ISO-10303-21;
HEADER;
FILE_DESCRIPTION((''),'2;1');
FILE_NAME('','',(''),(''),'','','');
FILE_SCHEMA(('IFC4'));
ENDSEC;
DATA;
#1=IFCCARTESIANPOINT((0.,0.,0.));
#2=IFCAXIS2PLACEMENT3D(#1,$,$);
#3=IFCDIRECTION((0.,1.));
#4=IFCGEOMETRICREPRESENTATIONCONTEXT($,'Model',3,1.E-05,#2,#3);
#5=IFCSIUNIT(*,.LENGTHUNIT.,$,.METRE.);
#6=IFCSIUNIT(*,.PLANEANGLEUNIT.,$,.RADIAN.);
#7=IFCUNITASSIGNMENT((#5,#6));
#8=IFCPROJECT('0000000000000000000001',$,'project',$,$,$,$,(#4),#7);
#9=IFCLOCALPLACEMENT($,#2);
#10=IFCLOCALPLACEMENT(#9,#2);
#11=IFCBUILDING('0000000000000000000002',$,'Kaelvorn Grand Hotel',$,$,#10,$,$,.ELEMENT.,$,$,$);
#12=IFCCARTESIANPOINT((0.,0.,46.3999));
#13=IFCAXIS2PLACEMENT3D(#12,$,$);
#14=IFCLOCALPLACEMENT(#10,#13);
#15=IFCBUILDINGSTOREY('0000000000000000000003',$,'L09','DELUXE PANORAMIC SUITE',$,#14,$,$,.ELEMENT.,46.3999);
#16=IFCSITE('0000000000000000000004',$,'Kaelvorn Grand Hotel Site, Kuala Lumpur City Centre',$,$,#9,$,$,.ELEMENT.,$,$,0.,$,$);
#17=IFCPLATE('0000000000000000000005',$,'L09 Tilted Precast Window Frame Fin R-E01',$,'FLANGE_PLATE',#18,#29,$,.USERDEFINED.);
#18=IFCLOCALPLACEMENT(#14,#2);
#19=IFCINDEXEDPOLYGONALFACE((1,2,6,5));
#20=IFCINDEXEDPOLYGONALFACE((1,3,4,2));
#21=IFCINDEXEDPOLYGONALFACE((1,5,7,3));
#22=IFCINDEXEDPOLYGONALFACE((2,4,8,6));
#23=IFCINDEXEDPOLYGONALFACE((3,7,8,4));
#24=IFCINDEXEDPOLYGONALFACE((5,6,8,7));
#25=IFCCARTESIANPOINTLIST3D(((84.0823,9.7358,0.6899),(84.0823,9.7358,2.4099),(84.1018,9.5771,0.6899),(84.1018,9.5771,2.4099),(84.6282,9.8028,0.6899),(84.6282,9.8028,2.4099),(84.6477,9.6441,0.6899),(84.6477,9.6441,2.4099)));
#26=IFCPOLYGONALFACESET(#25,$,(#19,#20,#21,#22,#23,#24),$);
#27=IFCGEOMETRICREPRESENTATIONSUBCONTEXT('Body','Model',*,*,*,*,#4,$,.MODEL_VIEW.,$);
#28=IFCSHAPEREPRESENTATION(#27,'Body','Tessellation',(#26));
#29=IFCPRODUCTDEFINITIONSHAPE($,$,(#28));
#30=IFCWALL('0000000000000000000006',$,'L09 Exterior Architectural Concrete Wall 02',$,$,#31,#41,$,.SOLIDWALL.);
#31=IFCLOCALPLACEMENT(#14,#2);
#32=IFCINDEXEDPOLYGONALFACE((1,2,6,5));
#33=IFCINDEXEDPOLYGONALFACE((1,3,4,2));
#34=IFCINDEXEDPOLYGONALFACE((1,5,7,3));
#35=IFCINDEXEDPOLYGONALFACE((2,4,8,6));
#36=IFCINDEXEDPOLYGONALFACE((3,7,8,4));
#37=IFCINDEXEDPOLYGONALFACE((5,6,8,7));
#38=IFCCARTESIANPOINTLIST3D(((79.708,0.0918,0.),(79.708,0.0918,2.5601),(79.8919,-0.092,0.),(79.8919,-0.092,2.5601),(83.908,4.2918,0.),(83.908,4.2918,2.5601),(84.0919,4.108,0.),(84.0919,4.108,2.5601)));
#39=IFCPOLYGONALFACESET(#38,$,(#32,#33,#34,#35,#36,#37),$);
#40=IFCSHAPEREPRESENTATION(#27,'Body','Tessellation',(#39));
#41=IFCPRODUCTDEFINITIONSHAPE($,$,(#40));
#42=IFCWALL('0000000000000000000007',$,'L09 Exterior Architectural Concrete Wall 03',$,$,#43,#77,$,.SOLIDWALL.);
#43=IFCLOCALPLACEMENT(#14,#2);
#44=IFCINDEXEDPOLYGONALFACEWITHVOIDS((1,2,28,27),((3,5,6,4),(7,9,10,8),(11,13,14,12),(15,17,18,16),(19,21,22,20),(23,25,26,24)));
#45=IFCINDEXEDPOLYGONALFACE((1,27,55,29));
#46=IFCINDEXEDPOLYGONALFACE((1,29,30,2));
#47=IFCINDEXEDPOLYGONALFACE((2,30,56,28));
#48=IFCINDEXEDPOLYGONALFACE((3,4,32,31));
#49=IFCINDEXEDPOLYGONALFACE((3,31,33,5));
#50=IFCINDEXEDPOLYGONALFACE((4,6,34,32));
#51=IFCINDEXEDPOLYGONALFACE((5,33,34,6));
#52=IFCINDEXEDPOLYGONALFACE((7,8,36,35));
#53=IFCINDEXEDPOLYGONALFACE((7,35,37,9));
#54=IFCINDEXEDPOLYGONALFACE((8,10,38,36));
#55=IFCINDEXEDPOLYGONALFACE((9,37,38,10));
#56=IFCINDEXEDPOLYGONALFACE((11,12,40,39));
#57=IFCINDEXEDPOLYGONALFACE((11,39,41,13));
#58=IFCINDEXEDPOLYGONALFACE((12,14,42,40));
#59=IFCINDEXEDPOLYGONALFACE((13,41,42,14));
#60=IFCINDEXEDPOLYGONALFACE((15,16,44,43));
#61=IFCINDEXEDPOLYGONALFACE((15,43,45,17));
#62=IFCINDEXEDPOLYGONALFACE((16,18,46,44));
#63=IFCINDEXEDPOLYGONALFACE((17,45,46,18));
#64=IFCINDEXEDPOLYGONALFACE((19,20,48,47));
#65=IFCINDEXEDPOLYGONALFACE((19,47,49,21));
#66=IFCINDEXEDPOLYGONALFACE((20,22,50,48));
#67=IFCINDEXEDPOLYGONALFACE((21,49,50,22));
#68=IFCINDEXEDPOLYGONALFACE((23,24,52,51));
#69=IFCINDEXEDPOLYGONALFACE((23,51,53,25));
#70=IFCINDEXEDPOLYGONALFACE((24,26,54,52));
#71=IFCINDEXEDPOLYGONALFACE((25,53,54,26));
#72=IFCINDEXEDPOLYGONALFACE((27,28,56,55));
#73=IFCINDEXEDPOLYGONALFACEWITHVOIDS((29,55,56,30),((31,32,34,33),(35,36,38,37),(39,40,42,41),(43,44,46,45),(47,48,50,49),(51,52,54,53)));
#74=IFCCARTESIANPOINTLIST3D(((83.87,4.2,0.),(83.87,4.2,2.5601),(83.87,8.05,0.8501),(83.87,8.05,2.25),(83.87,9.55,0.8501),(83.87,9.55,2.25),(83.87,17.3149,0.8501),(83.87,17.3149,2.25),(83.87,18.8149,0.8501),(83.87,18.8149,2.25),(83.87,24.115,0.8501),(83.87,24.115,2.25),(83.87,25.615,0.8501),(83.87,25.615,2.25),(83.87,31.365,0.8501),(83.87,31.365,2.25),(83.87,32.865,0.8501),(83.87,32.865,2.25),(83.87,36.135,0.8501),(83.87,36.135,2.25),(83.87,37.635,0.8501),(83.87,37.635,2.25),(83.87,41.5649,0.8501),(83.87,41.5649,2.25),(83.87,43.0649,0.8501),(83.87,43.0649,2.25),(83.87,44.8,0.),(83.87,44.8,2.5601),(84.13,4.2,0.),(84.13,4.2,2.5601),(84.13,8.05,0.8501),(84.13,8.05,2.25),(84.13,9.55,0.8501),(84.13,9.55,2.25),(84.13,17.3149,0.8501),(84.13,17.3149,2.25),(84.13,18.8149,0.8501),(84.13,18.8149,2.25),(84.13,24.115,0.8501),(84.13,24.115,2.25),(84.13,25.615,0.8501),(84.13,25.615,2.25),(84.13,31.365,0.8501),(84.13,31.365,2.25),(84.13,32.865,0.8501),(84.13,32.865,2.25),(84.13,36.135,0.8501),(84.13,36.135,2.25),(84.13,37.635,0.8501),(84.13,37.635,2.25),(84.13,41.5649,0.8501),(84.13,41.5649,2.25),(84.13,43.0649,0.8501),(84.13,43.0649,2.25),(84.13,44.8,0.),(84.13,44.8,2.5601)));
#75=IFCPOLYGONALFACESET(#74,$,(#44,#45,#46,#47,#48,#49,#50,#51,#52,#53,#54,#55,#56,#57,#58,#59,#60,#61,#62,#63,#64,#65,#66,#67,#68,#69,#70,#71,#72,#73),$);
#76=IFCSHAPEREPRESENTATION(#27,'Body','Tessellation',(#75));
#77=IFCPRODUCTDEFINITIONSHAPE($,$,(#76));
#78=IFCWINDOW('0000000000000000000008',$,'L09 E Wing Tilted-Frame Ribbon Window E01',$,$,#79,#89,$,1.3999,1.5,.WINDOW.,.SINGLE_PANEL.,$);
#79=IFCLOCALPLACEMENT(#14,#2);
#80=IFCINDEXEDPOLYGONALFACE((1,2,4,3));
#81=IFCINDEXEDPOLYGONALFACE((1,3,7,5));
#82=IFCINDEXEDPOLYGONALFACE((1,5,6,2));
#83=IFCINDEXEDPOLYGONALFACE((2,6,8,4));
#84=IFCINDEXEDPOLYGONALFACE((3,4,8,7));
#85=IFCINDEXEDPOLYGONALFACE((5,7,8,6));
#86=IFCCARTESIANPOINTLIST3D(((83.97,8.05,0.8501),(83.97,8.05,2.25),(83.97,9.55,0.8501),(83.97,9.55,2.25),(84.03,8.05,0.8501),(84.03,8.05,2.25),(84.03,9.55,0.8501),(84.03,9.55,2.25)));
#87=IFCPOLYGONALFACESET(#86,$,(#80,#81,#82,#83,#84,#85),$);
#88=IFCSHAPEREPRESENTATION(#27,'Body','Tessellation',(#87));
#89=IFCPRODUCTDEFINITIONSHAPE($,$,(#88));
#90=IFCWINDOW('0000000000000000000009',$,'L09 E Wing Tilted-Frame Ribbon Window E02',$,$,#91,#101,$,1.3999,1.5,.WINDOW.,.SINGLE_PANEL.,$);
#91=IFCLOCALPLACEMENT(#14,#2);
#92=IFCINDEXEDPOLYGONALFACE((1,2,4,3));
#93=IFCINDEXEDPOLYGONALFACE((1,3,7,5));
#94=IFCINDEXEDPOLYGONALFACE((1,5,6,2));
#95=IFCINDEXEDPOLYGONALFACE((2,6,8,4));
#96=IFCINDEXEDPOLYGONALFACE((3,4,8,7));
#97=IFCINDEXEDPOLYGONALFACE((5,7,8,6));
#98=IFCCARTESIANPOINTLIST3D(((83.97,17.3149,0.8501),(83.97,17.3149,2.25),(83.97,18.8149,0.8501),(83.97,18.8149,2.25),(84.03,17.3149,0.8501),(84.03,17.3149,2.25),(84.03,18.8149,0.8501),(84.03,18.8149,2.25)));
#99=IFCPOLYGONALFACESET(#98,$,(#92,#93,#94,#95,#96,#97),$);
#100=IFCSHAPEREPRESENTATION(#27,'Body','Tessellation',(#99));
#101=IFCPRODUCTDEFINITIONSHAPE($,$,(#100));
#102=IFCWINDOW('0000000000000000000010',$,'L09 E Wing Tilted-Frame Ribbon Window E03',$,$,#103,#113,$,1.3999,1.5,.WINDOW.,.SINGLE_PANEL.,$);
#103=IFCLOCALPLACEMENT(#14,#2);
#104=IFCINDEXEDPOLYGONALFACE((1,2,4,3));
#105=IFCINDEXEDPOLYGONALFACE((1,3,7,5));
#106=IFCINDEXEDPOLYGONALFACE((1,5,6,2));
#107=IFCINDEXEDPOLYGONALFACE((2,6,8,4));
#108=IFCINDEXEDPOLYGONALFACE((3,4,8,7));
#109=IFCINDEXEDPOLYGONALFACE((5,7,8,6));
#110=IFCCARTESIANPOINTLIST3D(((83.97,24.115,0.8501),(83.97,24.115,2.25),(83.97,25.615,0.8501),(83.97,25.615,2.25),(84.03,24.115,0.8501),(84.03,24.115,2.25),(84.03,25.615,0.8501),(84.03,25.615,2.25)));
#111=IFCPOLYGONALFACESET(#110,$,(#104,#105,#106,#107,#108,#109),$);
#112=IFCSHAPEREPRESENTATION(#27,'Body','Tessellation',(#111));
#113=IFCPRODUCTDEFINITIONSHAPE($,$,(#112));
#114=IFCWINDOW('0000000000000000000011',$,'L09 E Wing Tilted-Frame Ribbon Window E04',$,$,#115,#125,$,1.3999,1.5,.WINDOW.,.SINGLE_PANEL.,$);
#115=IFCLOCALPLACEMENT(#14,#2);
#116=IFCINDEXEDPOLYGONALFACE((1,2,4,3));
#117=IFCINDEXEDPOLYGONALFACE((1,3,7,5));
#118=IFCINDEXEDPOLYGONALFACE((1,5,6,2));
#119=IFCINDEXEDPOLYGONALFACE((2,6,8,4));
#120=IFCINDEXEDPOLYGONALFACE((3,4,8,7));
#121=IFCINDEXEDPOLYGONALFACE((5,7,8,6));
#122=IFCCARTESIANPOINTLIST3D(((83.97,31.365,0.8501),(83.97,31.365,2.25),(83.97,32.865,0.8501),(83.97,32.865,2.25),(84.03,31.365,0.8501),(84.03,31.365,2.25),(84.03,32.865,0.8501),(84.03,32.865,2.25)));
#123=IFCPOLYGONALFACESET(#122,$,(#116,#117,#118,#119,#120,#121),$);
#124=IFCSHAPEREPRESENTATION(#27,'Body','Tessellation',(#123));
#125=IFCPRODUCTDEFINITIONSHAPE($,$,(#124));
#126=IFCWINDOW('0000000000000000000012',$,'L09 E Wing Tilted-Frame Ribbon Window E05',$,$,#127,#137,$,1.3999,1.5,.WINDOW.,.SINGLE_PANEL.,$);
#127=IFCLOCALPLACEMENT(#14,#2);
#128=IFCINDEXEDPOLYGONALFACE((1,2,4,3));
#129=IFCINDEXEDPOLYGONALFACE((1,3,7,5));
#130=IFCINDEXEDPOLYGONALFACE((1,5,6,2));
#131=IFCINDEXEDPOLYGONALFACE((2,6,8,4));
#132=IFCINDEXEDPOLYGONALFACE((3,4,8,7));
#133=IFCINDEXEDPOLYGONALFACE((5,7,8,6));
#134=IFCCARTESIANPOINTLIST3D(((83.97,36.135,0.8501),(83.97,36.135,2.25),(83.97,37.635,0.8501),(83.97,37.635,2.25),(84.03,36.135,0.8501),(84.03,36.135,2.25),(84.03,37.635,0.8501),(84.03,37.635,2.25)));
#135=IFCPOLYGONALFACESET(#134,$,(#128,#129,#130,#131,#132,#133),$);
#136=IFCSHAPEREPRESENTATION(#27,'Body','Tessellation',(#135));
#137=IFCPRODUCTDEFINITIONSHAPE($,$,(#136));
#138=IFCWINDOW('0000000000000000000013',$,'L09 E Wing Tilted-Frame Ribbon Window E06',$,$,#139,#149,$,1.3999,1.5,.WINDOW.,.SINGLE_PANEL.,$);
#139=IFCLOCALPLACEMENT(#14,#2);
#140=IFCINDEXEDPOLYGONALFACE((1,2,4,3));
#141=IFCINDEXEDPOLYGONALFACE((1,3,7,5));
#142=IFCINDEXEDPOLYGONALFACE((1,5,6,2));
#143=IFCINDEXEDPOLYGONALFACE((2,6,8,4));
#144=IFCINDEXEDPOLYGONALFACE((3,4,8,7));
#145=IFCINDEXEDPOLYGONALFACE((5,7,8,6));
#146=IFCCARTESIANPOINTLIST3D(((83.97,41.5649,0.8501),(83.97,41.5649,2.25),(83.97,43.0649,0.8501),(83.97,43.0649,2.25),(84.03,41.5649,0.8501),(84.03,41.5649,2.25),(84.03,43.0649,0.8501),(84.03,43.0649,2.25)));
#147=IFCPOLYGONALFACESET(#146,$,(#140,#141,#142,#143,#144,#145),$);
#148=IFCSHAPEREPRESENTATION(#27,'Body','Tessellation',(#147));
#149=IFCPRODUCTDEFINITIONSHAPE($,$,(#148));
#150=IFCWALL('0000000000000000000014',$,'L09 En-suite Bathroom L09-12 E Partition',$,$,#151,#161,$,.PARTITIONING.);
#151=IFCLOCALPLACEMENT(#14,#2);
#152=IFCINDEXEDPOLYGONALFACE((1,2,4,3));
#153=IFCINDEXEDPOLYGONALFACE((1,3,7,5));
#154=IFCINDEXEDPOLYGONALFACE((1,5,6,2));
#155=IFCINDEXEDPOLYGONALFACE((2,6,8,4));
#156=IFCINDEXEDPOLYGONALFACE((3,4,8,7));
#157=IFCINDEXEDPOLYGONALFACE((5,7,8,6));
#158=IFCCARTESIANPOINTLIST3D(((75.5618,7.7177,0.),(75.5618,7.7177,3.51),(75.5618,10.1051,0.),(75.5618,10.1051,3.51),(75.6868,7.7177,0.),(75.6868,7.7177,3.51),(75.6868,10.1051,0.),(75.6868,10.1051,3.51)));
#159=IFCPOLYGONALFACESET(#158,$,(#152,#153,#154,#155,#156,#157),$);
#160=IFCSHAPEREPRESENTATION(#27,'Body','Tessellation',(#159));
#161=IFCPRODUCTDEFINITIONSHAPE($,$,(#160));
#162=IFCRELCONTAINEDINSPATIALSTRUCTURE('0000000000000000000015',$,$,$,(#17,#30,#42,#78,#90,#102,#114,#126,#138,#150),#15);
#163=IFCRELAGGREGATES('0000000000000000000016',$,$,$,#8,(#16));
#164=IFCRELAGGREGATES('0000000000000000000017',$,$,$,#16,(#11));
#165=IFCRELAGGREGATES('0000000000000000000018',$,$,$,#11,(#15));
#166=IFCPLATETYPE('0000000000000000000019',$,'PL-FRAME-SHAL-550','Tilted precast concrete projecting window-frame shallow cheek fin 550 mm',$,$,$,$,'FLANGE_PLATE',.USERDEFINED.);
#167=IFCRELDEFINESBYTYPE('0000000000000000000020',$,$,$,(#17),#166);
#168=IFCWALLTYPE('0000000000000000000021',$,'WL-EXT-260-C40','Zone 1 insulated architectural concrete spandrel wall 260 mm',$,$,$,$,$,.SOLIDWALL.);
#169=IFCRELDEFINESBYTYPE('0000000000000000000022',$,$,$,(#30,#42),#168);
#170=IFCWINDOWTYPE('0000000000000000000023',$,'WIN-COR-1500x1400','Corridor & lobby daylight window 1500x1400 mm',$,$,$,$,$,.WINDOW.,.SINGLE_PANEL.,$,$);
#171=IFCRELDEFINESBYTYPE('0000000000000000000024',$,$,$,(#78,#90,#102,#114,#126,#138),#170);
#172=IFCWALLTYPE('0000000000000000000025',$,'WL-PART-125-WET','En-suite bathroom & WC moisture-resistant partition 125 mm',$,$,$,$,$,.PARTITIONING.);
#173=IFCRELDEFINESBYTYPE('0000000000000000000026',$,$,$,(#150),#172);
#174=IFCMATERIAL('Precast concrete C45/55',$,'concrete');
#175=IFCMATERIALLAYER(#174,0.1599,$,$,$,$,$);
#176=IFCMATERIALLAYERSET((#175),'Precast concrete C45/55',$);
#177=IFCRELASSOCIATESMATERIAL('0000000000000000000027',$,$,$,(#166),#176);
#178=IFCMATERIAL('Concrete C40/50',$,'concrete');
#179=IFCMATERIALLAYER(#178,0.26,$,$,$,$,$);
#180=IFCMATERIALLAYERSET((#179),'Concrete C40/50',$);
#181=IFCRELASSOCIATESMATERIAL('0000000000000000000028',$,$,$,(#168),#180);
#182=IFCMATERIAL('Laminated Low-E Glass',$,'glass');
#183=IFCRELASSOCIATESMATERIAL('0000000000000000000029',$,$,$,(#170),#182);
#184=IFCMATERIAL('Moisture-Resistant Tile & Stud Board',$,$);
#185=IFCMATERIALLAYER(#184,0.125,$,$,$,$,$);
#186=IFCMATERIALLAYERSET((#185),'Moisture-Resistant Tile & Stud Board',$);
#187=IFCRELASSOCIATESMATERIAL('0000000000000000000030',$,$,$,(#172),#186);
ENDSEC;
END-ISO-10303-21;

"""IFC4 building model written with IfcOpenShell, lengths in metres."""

from ifc_helpers import new_model, si_unit, direction, frame, frame_2d, origin, origin_2d, place, context, subcontext, project, spatial, rectangle, extrude, material, layer, layer_set, type_object, element, fill, save


model = new_model("IFC4")

# Units and contexts
model_context = context("Model", 3, precision=1e-05, world=origin(), true_north=direction((0.0, 1.0)))
body_context = subcontext(model_context, "Body", "Model", "MODEL_VIEW")
ifc_project = project(units=[si_unit("LENGTHUNIT", "METRE"), si_unit("PLANEANGLEUNIT", "RADIAN")], contexts=[model_context])

# Site, building, storey
site_placement = place(None, origin())
site = spatial("IfcSite", under=ifc_project, at=site_placement, Name="Kaelvorn Grand Hotel Site, Kuala Lumpur City Centre", CompositionType="ELEMENT", RefElevation=0.0)
building_placement = place(site_placement, origin())
building = spatial("IfcBuilding", under=site, at=building_placement, Name="Kaelvorn Grand Hotel", CompositionType="ELEMENT")
storey_placement = place(building_placement, frame((0.0, 0.0, 46.3999)))
storey = spatial("IfcBuildingStorey", under=building, at=storey_placement, Name="L09", Description="DELUXE PANORAMIC SUITE", CompositionType="ELEMENT", Elevation=46.3999)

# Plate
ifc_material_1 = material(Name="Precast concrete C45/55", Category="concrete")
ifc_layer_1 = layer(ifc_material_1, 0.1599)
ifc_layer_set_1 = layer_set([ifc_layer_1], Name="Precast concrete C45/55")
plate_type_1 = type_object("IfcPlateType", Name="PL-FRAME-SHAL-550", Description="Tilted precast concrete projecting window-frame shallow cheek fin 550 mm", ElementType="FLANGE_PLATE", PredefinedType="USERDEFINED", material=ifc_layer_set_1)
plate_1_placement = place(storey_placement, frame((84.365, 9.6899, 0.6899), z_axis=(0.0, 0.0, 1.0), x_axis=(-0.121869, 0.992546, 0.0)))
element("IfcPlate", 1, at=plate_1_placement, inside=storey, type_object=plate_type_1, Name="L09 Tilted Precast Window Frame Fin R-E01", ObjectType="FLANGE_PLATE", PredefinedType="USERDEFINED", context=body_context, shape_type="SweptSolid", body=[
    extrude(rectangle(XDim=0.1599, YDim=0.55, at=origin_2d()), origin(), (0.0, 0.0, 1.0), 1.72),
])

# Wall
ifc_material_2 = material(Name="Concrete C40/50", Category="concrete")
ifc_layer_2 = layer(ifc_material_2, 0.26)
ifc_layer_set_2 = layer_set([ifc_layer_2], Name="Concrete C40/50")
wall_type_1 = type_object("IfcWallType", Name="WL-EXT-260-C40", Description="Zone 1 insulated architectural concrete spandrel wall 260 mm", PredefinedType="SOLIDWALL", material=ifc_layer_set_2)
wall_1_placement = place(storey_placement, frame((79.8, 0.0, 0.0), z_axis=(0.0, 0.0, 1.0), x_axis=(0.707107, 0.707107, 0.0)))
element("IfcWall", 2, at=wall_1_placement, inside=storey, type_object=wall_type_1, Name="L09 Exterior Architectural Concrete Wall 02", PredefinedType="SOLIDWALL", context=body_context, shape_type="SweptSolid", body=[
    extrude(rectangle(XDim=5.9397, YDim=0.26, at=frame_2d((2.9697, 0.0))), origin(), (0.0, 0.0, 1.0), 2.5601),
])

# Wall, openings, windows
wall_2_placement = place(storey_placement, frame((84.0, 4.2, 0.0), z_axis=(0.0, 0.0, 1.0), x_axis=(0.0, 1.0, 0.0)))
wall_2 = element("IfcWall", 3, at=wall_2_placement, inside=storey, type_object=wall_type_1, Name="L09 Exterior Architectural Concrete Wall 03", PredefinedType="SOLIDWALL", context=body_context, shape_type="SweptSolid", body=[
    extrude(rectangle(XDim=40.6001, YDim=0.26, at=frame_2d((20.3, 0.0))), origin(), (0.0, 0.0, 1.0), 2.5601),
])
opening_1_placement = place(wall_2_placement, frame((3.8501, 0.0, 0.8501)))
opening_1 = element("IfcOpeningElement", 4, at=opening_1_placement, cuts=wall_2, PredefinedType="OPENING", context=body_context, shape_type="SweptSolid", body=[
    extrude(rectangle(XDim=1.5, YDim=1.3999, at=frame_2d((0.75, 0.7))), frame((0.0, 0.1401, 0.0), z_axis=(0.0, -1.0, 0.0), x_axis=(1.0, 0.0, 0.0)), (0.0, 0.0, 1.0), 0.28),
])
opening_2_placement = place(wall_2_placement, frame((13.115, 0.0, 0.8501)))
opening_2 = element("IfcOpeningElement", 5, at=opening_2_placement, cuts=wall_2, PredefinedType="OPENING", context=body_context, shape_type="SweptSolid", body=[
    extrude(rectangle(XDim=1.5, YDim=1.3999, at=frame_2d((0.75, 0.7))), frame((0.0, 0.1401, 0.0), z_axis=(0.0, -1.0, 0.0), x_axis=(1.0, 0.0, 0.0)), (0.0, 0.0, 1.0), 0.28),
])
opening_3_placement = place(wall_2_placement, frame((19.915, 0.0, 0.8501)))
opening_3 = element("IfcOpeningElement", 6, at=opening_3_placement, cuts=wall_2, PredefinedType="OPENING", context=body_context, shape_type="SweptSolid", body=[
    extrude(rectangle(XDim=1.5, YDim=1.3999, at=frame_2d((0.75, 0.7))), frame((0.0, 0.1401, 0.0), z_axis=(0.0, -1.0, 0.0), x_axis=(1.0, 0.0, 0.0)), (0.0, 0.0, 1.0), 0.28),
])
opening_4_placement = place(wall_2_placement, frame((27.165, 0.0, 0.8501)))
opening_4 = element("IfcOpeningElement", 7, at=opening_4_placement, cuts=wall_2, PredefinedType="OPENING", context=body_context, shape_type="SweptSolid", body=[
    extrude(rectangle(XDim=1.5, YDim=1.3999, at=frame_2d((0.75, 0.7))), frame((0.0, 0.1401, 0.0), z_axis=(0.0, -1.0, 0.0), x_axis=(1.0, 0.0, 0.0)), (0.0, 0.0, 1.0), 0.28),
])
opening_5_placement = place(wall_2_placement, frame((31.9351, 0.0, 0.8501)))
opening_5 = element("IfcOpeningElement", 8, at=opening_5_placement, cuts=wall_2, PredefinedType="OPENING", context=body_context, shape_type="SweptSolid", body=[
    extrude(rectangle(XDim=1.5, YDim=1.3999, at=frame_2d((0.75, 0.7))), frame((0.0, 0.1401, 0.0), z_axis=(0.0, -1.0, 0.0), x_axis=(1.0, 0.0, 0.0)), (0.0, 0.0, 1.0), 0.28),
])
opening_6_placement = place(wall_2_placement, frame((37.365, 0.0, 0.8501)))
opening_6 = element("IfcOpeningElement", 9, at=opening_6_placement, cuts=wall_2, PredefinedType="OPENING", context=body_context, shape_type="SweptSolid", body=[
    extrude(rectangle(XDim=1.5, YDim=1.3999, at=frame_2d((0.75, 0.7))), frame((0.0, 0.1401, 0.0), z_axis=(0.0, -1.0, 0.0), x_axis=(1.0, 0.0, 0.0)), (0.0, 0.0, 1.0), 0.28),
])
ifc_material_3 = material(Name="Laminated Low-E Glass", Category="glass")
window_type = type_object("IfcWindowType", Name="WIN-COR-1500x1400", Description="Corridor & lobby daylight window 1500x1400 mm", PartitioningType="SINGLE_PANEL", PredefinedType="WINDOW", material=ifc_material_3)
window_1_placement = place(opening_1_placement, origin())
window_1 = element("IfcWindow", 10, at=window_1_placement, inside=storey, type_object=window_type, Name="L09 E Wing Tilted-Frame Ribbon Window E01", OverallHeight=1.3999, OverallWidth=1.5, PartitioningType="SINGLE_PANEL", PredefinedType="WINDOW", context=body_context, shape_type="SweptSolid", body=[
    extrude(rectangle(XDim=1.5, YDim=1.3999, at=frame_2d((0.75, 0.7))), frame((0.0, 0.03, 0.0), z_axis=(0.0, -1.0, 0.0), x_axis=(1.0, 0.0, 0.0)), (0.0, 0.0, 1.0), 0.0601),
])
fill(opening_1, window_1)
window_2_placement = place(opening_2_placement, origin())
window_2 = element("IfcWindow", 11, at=window_2_placement, inside=storey, type_object=window_type, Name="L09 E Wing Tilted-Frame Ribbon Window E02", OverallHeight=1.3999, OverallWidth=1.5, PartitioningType="SINGLE_PANEL", PredefinedType="WINDOW", context=body_context, shape_type="SweptSolid", body=[
    extrude(rectangle(XDim=1.5, YDim=1.3999, at=frame_2d((0.75, 0.7))), frame((0.0, 0.03, 0.0), z_axis=(0.0, -1.0, 0.0), x_axis=(1.0, 0.0, 0.0)), (0.0, 0.0, 1.0), 0.0601),
])
fill(opening_2, window_2)
window_3_placement = place(opening_3_placement, origin())
window_3 = element("IfcWindow", 12, at=window_3_placement, inside=storey, type_object=window_type, Name="L09 E Wing Tilted-Frame Ribbon Window E03", OverallHeight=1.3999, OverallWidth=1.5, PartitioningType="SINGLE_PANEL", PredefinedType="WINDOW", context=body_context, shape_type="SweptSolid", body=[
    extrude(rectangle(XDim=1.5, YDim=1.3999, at=frame_2d((0.75, 0.7))), frame((0.0, 0.03, 0.0), z_axis=(0.0, -1.0, 0.0), x_axis=(1.0, 0.0, 0.0)), (0.0, 0.0, 1.0), 0.0601),
])
fill(opening_3, window_3)
window_4_placement = place(opening_4_placement, origin())
window_4 = element("IfcWindow", 13, at=window_4_placement, inside=storey, type_object=window_type, Name="L09 E Wing Tilted-Frame Ribbon Window E04", OverallHeight=1.3999, OverallWidth=1.5, PartitioningType="SINGLE_PANEL", PredefinedType="WINDOW", context=body_context, shape_type="SweptSolid", body=[
    extrude(rectangle(XDim=1.5, YDim=1.3999, at=frame_2d((0.75, 0.7))), frame((0.0, 0.03, 0.0), z_axis=(0.0, -1.0, 0.0), x_axis=(1.0, 0.0, 0.0)), (0.0, 0.0, 1.0), 0.0601),
])
fill(opening_4, window_4)
window_5_placement = place(opening_5_placement, origin())
window_5 = element("IfcWindow", 14, at=window_5_placement, inside=storey, type_object=window_type, Name="L09 E Wing Tilted-Frame Ribbon Window E05", OverallHeight=1.3999, OverallWidth=1.5, PartitioningType="SINGLE_PANEL", PredefinedType="WINDOW", context=body_context, shape_type="SweptSolid", body=[
    extrude(rectangle(XDim=1.5, YDim=1.3999, at=frame_2d((0.75, 0.7))), frame((0.0, 0.03, 0.0), z_axis=(0.0, -1.0, 0.0), x_axis=(1.0, 0.0, 0.0)), (0.0, 0.0, 1.0), 0.0601),
])
fill(opening_5, window_5)
window_6_placement = place(opening_6_placement, origin())
window_6 = element("IfcWindow", 15, at=window_6_placement, inside=storey, type_object=window_type, Name="L09 E Wing Tilted-Frame Ribbon Window E06", OverallHeight=1.3999, OverallWidth=1.5, PartitioningType="SINGLE_PANEL", PredefinedType="WINDOW", context=body_context, shape_type="SweptSolid", body=[
    extrude(rectangle(XDim=1.5, YDim=1.3999, at=frame_2d((0.75, 0.7))), frame((0.0, 0.03, 0.0), z_axis=(0.0, -1.0, 0.0), x_axis=(1.0, 0.0, 0.0)), (0.0, 0.0, 1.0), 0.0601),
])
fill(opening_6, window_6)

# Wall
ifc_material_4 = material(Name="Moisture-Resistant Tile & Stud Board")
ifc_layer_3 = layer(ifc_material_4, 0.125)
ifc_layer_set_3 = layer_set([ifc_layer_3], Name="Moisture-Resistant Tile & Stud Board")
wall_type_2 = type_object("IfcWallType", Name="WL-PART-125-WET", Description="En-suite bathroom & WC moisture-resistant partition 125 mm", PredefinedType="PARTITIONING", material=ifc_layer_set_3)
wall_3_placement = place(storey_placement, frame((75.6243, 7.7175, 0.0), z_axis=(0.0, 0.0, 1.0), x_axis=(0.0, 1.0, 0.0)))
element("IfcWall", 16, at=wall_3_placement, inside=storey, type_object=wall_type_2, Name="L09 En-suite Bathroom L09-12 E Partition", PredefinedType="PARTITIONING", context=body_context, shape_type="SweptSolid", body=[
    extrude(rectangle(XDim=2.3875, YDim=0.125, at=frame_2d((1.1938, 0.0))), origin(), (0.0, 0.0, 1.0), 3.51),
])

save(model, "model.ifc")
